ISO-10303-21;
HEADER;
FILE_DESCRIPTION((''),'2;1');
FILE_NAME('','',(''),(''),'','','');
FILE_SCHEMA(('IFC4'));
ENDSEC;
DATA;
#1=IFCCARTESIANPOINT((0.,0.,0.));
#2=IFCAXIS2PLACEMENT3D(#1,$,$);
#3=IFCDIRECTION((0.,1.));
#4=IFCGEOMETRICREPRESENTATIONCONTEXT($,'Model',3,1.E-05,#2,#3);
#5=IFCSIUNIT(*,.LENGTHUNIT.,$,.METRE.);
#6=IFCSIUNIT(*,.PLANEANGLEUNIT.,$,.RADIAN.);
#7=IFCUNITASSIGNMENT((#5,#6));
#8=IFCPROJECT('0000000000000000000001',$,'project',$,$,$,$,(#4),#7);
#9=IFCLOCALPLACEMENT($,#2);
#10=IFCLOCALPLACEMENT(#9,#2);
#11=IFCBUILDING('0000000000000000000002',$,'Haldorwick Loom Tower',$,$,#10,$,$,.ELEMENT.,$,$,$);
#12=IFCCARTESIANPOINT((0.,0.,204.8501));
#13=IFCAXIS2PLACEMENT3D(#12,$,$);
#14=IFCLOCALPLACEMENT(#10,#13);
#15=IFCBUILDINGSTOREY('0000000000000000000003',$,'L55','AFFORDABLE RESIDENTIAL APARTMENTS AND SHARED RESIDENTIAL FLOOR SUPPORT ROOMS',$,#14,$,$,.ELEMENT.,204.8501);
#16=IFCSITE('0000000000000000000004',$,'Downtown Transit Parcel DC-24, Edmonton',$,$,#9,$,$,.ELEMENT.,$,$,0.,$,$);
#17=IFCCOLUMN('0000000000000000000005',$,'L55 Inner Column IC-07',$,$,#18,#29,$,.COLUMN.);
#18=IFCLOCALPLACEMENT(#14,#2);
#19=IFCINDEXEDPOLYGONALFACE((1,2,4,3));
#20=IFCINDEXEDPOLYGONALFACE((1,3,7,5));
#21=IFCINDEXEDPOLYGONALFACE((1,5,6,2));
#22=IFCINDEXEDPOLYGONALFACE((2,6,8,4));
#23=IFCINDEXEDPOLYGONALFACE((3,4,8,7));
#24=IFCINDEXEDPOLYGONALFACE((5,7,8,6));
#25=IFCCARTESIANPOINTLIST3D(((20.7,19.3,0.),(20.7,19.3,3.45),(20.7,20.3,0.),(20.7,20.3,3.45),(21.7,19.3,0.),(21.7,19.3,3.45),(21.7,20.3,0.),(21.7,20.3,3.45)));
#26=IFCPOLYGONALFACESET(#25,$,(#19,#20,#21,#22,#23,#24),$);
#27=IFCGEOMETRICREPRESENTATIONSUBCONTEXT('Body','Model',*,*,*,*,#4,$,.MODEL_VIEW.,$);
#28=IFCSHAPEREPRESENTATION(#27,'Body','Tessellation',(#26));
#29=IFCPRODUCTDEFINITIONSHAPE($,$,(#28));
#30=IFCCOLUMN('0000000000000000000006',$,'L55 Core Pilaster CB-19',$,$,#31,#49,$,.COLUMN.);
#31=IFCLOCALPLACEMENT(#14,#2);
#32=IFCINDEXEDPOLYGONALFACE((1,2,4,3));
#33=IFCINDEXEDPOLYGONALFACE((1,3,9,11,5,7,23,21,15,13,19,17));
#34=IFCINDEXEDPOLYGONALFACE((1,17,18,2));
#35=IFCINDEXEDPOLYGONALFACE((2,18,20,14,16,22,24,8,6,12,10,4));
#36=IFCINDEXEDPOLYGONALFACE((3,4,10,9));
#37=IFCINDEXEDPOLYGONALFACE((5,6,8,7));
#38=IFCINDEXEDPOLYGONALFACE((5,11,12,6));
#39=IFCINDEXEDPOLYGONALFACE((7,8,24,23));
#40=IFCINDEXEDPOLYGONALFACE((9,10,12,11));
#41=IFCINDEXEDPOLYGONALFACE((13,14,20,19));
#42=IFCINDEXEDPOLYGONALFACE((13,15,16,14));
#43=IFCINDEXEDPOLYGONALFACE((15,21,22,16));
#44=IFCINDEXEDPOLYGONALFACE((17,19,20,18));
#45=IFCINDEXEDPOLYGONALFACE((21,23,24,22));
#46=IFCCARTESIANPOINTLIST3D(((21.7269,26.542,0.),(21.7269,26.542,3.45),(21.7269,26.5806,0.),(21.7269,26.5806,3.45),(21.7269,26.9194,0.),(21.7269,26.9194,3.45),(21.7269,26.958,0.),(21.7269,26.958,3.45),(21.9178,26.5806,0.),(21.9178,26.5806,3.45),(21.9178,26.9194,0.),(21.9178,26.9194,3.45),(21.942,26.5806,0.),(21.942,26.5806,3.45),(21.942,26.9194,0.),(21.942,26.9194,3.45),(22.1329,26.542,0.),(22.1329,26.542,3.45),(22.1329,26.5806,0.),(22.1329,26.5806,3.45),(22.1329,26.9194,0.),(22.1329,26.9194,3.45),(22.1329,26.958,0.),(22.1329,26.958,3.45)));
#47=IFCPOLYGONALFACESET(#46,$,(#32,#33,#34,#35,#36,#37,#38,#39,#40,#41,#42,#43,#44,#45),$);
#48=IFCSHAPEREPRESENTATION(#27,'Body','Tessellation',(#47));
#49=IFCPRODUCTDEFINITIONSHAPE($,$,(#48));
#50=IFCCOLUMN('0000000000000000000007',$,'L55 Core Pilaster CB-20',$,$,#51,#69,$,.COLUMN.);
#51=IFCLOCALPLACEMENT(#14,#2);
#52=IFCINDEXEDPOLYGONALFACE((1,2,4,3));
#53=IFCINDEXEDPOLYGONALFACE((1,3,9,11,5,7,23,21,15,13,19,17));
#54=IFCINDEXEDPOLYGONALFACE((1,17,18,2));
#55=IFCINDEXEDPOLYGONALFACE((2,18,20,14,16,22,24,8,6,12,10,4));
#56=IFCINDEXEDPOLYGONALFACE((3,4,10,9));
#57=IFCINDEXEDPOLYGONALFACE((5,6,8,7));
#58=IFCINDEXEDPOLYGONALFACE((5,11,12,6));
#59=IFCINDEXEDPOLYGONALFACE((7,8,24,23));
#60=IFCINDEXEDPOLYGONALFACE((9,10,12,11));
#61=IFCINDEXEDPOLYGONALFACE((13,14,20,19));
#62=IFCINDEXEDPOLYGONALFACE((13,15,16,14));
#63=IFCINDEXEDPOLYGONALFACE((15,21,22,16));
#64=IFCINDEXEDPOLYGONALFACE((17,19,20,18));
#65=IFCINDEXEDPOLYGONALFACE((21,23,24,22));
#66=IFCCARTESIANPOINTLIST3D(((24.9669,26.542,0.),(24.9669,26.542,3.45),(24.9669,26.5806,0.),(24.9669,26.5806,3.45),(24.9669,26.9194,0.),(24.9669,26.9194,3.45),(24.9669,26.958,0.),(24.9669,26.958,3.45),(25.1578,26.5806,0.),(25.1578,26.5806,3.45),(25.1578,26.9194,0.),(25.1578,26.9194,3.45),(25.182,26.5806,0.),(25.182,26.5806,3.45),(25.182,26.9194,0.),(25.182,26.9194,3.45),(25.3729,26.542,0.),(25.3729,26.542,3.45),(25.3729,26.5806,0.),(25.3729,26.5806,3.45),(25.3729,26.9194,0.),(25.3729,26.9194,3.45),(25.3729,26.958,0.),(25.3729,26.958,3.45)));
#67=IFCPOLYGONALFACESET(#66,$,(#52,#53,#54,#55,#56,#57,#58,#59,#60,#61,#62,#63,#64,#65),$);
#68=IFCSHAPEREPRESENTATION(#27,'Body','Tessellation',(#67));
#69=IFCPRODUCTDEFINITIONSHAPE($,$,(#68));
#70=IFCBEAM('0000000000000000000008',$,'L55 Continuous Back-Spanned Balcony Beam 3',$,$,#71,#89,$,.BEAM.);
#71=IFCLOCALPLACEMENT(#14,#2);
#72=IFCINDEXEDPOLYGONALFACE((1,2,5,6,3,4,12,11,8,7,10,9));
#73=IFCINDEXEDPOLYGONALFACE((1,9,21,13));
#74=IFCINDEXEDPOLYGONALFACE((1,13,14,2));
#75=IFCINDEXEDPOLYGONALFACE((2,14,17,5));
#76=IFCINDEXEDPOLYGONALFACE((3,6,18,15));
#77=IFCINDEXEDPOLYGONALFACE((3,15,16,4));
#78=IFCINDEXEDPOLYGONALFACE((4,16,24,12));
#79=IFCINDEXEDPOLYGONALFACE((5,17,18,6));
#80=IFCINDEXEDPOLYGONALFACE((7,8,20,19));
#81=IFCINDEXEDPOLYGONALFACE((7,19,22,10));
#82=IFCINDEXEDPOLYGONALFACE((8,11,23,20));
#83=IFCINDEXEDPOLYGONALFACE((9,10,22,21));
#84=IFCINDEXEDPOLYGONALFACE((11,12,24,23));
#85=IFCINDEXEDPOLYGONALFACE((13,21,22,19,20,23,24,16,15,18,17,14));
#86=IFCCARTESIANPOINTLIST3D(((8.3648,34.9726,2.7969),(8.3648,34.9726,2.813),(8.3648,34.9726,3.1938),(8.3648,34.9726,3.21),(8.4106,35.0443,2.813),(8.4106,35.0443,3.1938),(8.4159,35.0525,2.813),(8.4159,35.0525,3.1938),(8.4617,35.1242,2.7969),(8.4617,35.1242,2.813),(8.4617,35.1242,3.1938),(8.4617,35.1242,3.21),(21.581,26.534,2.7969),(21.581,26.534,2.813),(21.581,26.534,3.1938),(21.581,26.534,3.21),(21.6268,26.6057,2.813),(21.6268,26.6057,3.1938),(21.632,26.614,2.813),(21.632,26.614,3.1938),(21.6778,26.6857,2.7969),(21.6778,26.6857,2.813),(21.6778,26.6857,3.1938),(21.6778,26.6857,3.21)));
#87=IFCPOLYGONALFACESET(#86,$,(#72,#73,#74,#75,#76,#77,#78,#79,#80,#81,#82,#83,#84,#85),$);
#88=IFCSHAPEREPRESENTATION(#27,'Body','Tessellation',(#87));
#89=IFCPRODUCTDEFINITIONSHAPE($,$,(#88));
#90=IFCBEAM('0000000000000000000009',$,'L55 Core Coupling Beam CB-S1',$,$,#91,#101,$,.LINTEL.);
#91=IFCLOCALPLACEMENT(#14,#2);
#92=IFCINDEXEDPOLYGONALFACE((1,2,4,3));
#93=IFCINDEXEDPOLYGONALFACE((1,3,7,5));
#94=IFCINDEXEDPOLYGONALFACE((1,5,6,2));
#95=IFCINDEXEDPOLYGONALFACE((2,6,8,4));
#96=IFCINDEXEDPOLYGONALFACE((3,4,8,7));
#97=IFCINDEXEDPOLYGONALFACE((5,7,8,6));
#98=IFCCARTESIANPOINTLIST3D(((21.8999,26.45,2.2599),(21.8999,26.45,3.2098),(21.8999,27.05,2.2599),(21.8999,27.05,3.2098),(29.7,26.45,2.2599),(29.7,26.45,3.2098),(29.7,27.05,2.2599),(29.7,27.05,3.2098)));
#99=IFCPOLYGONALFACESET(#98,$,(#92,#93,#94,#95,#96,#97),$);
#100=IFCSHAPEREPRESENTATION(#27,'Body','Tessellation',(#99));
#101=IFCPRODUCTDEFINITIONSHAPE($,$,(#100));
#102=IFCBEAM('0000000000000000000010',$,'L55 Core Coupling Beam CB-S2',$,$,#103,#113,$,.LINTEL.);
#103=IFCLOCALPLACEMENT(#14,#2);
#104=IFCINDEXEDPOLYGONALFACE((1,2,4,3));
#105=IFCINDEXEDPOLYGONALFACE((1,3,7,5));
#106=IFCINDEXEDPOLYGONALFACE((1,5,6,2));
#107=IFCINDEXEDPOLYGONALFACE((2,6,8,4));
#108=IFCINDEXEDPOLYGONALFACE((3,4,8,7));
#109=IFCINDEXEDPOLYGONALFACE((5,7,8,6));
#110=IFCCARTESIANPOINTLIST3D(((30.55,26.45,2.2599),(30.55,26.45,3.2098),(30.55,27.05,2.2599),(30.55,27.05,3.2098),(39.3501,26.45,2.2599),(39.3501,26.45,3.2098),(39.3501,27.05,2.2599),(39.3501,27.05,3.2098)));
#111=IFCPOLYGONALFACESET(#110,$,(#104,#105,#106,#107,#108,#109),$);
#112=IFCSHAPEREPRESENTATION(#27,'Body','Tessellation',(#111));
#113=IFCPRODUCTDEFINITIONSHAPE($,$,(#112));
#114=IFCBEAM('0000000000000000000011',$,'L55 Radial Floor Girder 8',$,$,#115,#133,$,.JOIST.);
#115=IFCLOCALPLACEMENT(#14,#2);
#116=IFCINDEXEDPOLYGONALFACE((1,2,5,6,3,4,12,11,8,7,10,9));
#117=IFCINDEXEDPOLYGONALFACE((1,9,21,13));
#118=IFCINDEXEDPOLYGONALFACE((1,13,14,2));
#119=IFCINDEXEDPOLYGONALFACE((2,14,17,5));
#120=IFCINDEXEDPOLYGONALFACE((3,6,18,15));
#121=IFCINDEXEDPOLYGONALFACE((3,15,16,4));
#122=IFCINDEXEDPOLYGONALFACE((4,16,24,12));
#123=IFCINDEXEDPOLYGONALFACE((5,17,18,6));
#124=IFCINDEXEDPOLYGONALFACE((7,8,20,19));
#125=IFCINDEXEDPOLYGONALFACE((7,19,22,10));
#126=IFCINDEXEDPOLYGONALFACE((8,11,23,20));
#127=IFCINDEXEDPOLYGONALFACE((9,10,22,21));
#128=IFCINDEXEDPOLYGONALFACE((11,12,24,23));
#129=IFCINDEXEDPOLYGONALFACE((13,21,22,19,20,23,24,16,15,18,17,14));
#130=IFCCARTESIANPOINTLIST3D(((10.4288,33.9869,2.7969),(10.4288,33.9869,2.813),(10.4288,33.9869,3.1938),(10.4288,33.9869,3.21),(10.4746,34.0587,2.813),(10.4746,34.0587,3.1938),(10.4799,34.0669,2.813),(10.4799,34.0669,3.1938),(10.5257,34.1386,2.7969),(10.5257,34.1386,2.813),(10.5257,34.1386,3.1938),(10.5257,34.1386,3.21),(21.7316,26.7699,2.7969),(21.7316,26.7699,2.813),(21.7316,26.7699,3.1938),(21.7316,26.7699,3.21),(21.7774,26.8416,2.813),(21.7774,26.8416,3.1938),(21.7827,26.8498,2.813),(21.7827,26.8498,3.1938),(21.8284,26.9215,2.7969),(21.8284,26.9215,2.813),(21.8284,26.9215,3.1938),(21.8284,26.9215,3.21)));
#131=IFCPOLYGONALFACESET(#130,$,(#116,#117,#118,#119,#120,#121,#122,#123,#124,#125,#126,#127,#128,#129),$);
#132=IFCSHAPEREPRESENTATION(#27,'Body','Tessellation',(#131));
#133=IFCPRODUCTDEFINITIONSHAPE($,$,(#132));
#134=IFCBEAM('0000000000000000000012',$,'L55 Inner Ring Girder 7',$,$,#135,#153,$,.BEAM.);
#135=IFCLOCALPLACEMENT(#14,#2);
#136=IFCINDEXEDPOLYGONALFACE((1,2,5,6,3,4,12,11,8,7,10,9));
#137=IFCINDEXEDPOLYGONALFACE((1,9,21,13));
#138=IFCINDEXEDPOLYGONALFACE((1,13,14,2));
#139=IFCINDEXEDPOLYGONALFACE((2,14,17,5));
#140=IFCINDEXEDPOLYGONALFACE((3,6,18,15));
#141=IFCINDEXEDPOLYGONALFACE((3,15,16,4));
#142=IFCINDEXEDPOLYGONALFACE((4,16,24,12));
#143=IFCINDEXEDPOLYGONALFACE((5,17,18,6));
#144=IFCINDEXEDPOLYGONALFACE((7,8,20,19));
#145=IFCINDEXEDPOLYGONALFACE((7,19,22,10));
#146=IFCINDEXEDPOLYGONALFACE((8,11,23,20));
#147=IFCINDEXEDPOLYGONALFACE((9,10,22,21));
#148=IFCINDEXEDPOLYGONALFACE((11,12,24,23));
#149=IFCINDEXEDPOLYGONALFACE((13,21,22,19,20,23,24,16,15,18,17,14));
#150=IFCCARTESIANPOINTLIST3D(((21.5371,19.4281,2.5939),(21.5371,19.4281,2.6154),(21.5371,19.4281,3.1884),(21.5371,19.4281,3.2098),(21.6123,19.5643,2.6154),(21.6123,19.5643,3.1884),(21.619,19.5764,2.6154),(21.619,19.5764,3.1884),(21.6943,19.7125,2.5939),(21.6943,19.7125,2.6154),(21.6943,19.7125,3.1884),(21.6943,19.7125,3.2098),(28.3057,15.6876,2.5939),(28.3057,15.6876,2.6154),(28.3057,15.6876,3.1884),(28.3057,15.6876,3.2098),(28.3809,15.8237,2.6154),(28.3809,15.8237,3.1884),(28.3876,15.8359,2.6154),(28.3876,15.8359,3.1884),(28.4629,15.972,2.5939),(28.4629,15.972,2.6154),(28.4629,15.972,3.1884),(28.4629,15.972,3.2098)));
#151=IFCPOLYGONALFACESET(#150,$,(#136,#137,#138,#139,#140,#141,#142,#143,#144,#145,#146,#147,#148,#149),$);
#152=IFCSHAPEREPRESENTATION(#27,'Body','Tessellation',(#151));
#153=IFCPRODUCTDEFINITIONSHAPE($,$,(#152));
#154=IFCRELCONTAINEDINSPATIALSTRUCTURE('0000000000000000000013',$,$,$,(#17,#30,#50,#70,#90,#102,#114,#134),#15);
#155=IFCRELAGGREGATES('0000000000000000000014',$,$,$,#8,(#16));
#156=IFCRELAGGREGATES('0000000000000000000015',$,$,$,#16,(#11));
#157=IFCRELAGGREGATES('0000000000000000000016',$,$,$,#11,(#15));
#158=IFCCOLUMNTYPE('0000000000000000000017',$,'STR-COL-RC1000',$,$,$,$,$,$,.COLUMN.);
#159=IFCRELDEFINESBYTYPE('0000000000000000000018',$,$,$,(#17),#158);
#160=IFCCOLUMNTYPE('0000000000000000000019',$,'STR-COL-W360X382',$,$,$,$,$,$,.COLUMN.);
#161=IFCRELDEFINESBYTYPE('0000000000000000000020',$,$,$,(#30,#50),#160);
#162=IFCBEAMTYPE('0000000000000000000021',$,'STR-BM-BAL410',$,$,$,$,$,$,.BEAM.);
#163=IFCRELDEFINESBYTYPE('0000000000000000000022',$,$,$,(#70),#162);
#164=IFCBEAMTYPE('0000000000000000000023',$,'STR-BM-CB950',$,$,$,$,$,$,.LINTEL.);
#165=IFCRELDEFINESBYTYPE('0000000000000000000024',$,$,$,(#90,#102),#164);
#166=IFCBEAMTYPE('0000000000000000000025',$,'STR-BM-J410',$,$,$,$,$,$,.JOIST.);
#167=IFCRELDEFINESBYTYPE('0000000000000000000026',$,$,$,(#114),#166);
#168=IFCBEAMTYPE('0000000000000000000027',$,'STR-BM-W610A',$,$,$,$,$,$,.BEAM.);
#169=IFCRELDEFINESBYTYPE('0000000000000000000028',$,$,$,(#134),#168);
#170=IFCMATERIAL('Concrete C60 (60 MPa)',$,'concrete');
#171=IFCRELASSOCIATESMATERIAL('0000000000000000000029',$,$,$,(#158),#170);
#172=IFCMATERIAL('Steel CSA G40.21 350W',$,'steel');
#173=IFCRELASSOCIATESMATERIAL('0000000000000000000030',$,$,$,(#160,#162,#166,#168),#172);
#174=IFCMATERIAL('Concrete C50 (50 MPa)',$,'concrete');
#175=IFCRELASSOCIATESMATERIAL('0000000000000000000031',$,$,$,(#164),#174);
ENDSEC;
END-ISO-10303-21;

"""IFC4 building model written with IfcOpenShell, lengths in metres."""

from ifc_helpers import new_model, si_unit, direction, frame, origin, origin_2d, place, context, subcontext, project, spatial, rectangle, i_section, extrude, material, material_profile, profile_set, type_object, element, save


model = new_model("IFC4")

# Units and contexts
model_context = context("Model", 3, precision=1e-05, world=origin(), true_north=direction((0.0, 1.0)))
body_context = subcontext(model_context, "Body", "Model", "MODEL_VIEW")
ifc_project = project(units=[si_unit("LENGTHUNIT", "METRE"), si_unit("PLANEANGLEUNIT", "RADIAN")], contexts=[model_context])

# Site, building, storey
site_placement = place(None, origin())
site = spatial("IfcSite", under=ifc_project, at=site_placement, Name="Downtown Transit Parcel DC-24, Edmonton", CompositionType="ELEMENT", RefElevation=0.0)
building_placement = place(site_placement, origin())
building = spatial("IfcBuilding", under=site, at=building_placement, Name="Haldorwick Loom Tower", CompositionType="ELEMENT")
storey_placement = place(building_placement, frame((0.0, 0.0, 204.8501)))
storey = spatial("IfcBuildingStorey", under=building, at=storey_placement, Name="L55", Description="AFFORDABLE RESIDENTIAL APARTMENTS AND SHARED RESIDENTIAL FLOOR SUPPORT ROOMS", CompositionType="ELEMENT", Elevation=204.8501)

# Columns
ifc_material_1 = material(Name="Concrete C60 (60 MPa)", Category="concrete")
ifc_material_profile_1 = material_profile(ifc_material_1, rectangle(XDim=1.0, YDim=1.0, at=origin_2d()), Name="RC1000X1000", Category="concrete")
ifc_profile_set_1 = profile_set([ifc_material_profile_1], Name="Concrete C60 (60 MPa)")
column_type_1 = type_object("IfcColumnType", Name="STR-COL-RC1000", PredefinedType="COLUMN", material=ifc_profile_set_1)
column_placement = place(storey_placement, frame((21.2, 19.8, 0.0), z_axis=(0.0, 0.0, 1.0), x_axis=(1.0, 0.0, 0.0)))
element("IfcColumn", 1, at=column_placement, inside=storey, type_object=column_type_1, Name="L55 Inner Column IC-07", PredefinedType="COLUMN", context=body_context, shape_type="SweptSolid", body=[
    extrude(rectangle(XDim=1.0, YDim=1.0, at=origin_2d()), origin(), (0.0, 0.0, 1.0), 3.45),
])
ifc_material_2 = material(Name="Steel CSA G40.21 350W", Category="steel")
ifc_material_profile_2 = material_profile(ifc_material_2, i_section(OverallWidth=0.406, OverallDepth=0.416, WebThickness=0.0242, FlangeThickness=0.0386, at=origin_2d()), Name="W360X382", Category="steel")
ifc_profile_set_2 = profile_set([ifc_material_profile_2], Name="Steel CSA G40.21 350W")
column_type_2 = type_object("IfcColumnType", Name="STR-COL-W360X382", PredefinedType="COLUMN", material=ifc_profile_set_2)
for number, where, z_axis, x_axis, name in (
    (2, (21.9299, 26.75, 0.0), (0.0, 0.0, 1.0), (1.0, 0.0, 0.0), "L55 Core Pilaster CB-19"),
    (3, (25.1699, 26.75, 0.0), (0.0, 0.0, 1.0), (1.0, 0.0, 0.0), "L55 Core Pilaster CB-20"),
):
    element("IfcColumn", number, at=place(storey_placement, frame(where, z_axis=z_axis, x_axis=x_axis)), inside=storey, type_object=column_type_2, Name=name, PredefinedType="COLUMN", context=body_context, shape_type="SweptSolid", body=[
        extrude(i_section(OverallWidth=0.406, OverallDepth=0.416, WebThickness=0.0242, FlangeThickness=0.0386, at=origin_2d()), origin(), (0.0, 0.0, 1.0), 3.45),
    ])

# Beams
ifc_material_profile_3 = material_profile(ifc_material_2, i_section(OverallWidth=0.1799, OverallDepth=0.4131, WebThickness=0.0098, FlangeThickness=0.0161, at=origin_2d()), Name="W410X74", Category="steel")
ifc_profile_set_3 = profile_set([ifc_material_profile_3], Name="Steel CSA G40.21 350W")
beam_type_1 = type_object("IfcBeamType", Name="STR-BM-BAL410", PredefinedType="BEAM", material=ifc_profile_set_3)
beam_1_placement = place(storey_placement, frame((21.6294, 26.6099, 3.0034), z_axis=(-0.842844, 0.538157, 0.0), x_axis=(-0.538157, -0.842844, 0.0)))
element("IfcBeam", 4, at=beam_1_placement, inside=storey, type_object=beam_type_1, Name="L55 Continuous Back-Spanned Balcony Beam 3", PredefinedType="BEAM", context=body_context, shape_type="SweptSolid", body=[
    extrude(i_section(OverallWidth=0.1799, OverallDepth=0.4131, WebThickness=0.0098, FlangeThickness=0.0161, at=origin_2d()), origin(), (0.0, 0.0, 1.0), 15.6804),
])
ifc_material_3 = material(Name="Concrete C50 (50 MPa)", Category="concrete")
ifc_material_profile_4 = material_profile(ifc_material_3, rectangle(XDim=0.6001, YDim=0.95, at=origin_2d()), Name="RC600X950", Category="concrete")
ifc_profile_set_4 = profile_set([ifc_material_profile_4], Name="Concrete C50 (50 MPa)")
beam_type_2 = type_object("IfcBeamType", Name="STR-BM-CB950", PredefinedType="LINTEL", material=ifc_profile_set_4)
beam_2_placement = place(storey_placement, frame((21.8999, 26.75, 2.7349), z_axis=(1.0, 0.0, 0.0), x_axis=(0.0, 1.0, 0.0)))
element("IfcBeam", 5, at=beam_2_placement, inside=storey, type_object=beam_type_2, Name="L55 Core Coupling Beam CB-S1", PredefinedType="LINTEL", context=body_context, shape_type="SweptSolid", body=[
    extrude(rectangle(XDim=0.6001, YDim=0.95, at=origin_2d()), origin(), (0.0, 0.0, 1.0), 7.8),
])
beam_3_placement = place(storey_placement, frame((30.55, 26.75, 2.7349), z_axis=(1.0, 0.0, 0.0), x_axis=(0.0, 1.0, 0.0)))
element("IfcBeam", 6, at=beam_3_placement, inside=storey, type_object=beam_type_2, Name="L55 Core Coupling Beam CB-S2", PredefinedType="LINTEL", context=body_context, shape_type="SweptSolid", body=[
    extrude(rectangle(XDim=0.6001, YDim=0.95, at=origin_2d()), origin(), (0.0, 0.0, 1.0), 8.8),
])
ifc_material_profile_5 = material_profile(ifc_material_2, i_section(OverallWidth=0.1799, OverallDepth=0.4131, WebThickness=0.0098, FlangeThickness=0.0161, at=origin_2d()), Name="W410X74", Category="steel")
ifc_profile_set_5 = profile_set([ifc_material_profile_5], Name="Steel CSA G40.21 350W")
beam_type_3 = type_object("IfcBeamType", Name="STR-BM-J410", PredefinedType="JOIST", material=ifc_profile_set_5)
beam_4_placement = place(storey_placement, frame((21.78, 26.8457, 3.0034), z_axis=(-0.842837, 0.538169, 0.0), x_axis=(-0.538169, -0.842837, 0.0)))
element("IfcBeam", 7, at=beam_4_placement, inside=storey, type_object=beam_type_3, Name="L55 Radial Floor Girder 8", PredefinedType="JOIST", context=body_context, shape_type="SweptSolid", body=[
    extrude(i_section(OverallWidth=0.1799, OverallDepth=0.4131, WebThickness=0.0098, FlangeThickness=0.0161, at=origin_2d()), origin(), (0.0, 0.0, 1.0), 13.4104),
])
ifc_material_profile_6 = material_profile(ifc_material_2, i_section(OverallWidth=0.325, OverallDepth=0.616, WebThickness=0.0139, FlangeThickness=0.0215, at=origin_2d()), Name="W610X174", Category="steel")
ifc_profile_set_6 = profile_set([ifc_material_profile_6], Name="Steel CSA G40.21 350W")
beam_type_4 = type_object("IfcBeamType", Name="STR-BM-W610A", PredefinedType="BEAM", material=ifc_profile_set_6)
beam_5_placement = place(storey_placement, frame((28.3843, 15.8298, 2.9019), z_axis=(-0.875244, 0.483682, 0.0), x_axis=(-0.483682, -0.875244, 0.0)))
element("IfcBeam", 8, at=beam_5_placement, inside=storey, type_object=beam_type_4, Name="L55 Inner Ring Girder 7", PredefinedType="BEAM", context=body_context, shape_type="SweptSolid", body=[
    extrude(i_section(OverallWidth=0.325, OverallDepth=0.616, WebThickness=0.0139, FlangeThickness=0.0215, at=origin_2d()), origin(), (0.0, 0.0, 1.0), 7.7334),
])

save(model, "model.ifc")
